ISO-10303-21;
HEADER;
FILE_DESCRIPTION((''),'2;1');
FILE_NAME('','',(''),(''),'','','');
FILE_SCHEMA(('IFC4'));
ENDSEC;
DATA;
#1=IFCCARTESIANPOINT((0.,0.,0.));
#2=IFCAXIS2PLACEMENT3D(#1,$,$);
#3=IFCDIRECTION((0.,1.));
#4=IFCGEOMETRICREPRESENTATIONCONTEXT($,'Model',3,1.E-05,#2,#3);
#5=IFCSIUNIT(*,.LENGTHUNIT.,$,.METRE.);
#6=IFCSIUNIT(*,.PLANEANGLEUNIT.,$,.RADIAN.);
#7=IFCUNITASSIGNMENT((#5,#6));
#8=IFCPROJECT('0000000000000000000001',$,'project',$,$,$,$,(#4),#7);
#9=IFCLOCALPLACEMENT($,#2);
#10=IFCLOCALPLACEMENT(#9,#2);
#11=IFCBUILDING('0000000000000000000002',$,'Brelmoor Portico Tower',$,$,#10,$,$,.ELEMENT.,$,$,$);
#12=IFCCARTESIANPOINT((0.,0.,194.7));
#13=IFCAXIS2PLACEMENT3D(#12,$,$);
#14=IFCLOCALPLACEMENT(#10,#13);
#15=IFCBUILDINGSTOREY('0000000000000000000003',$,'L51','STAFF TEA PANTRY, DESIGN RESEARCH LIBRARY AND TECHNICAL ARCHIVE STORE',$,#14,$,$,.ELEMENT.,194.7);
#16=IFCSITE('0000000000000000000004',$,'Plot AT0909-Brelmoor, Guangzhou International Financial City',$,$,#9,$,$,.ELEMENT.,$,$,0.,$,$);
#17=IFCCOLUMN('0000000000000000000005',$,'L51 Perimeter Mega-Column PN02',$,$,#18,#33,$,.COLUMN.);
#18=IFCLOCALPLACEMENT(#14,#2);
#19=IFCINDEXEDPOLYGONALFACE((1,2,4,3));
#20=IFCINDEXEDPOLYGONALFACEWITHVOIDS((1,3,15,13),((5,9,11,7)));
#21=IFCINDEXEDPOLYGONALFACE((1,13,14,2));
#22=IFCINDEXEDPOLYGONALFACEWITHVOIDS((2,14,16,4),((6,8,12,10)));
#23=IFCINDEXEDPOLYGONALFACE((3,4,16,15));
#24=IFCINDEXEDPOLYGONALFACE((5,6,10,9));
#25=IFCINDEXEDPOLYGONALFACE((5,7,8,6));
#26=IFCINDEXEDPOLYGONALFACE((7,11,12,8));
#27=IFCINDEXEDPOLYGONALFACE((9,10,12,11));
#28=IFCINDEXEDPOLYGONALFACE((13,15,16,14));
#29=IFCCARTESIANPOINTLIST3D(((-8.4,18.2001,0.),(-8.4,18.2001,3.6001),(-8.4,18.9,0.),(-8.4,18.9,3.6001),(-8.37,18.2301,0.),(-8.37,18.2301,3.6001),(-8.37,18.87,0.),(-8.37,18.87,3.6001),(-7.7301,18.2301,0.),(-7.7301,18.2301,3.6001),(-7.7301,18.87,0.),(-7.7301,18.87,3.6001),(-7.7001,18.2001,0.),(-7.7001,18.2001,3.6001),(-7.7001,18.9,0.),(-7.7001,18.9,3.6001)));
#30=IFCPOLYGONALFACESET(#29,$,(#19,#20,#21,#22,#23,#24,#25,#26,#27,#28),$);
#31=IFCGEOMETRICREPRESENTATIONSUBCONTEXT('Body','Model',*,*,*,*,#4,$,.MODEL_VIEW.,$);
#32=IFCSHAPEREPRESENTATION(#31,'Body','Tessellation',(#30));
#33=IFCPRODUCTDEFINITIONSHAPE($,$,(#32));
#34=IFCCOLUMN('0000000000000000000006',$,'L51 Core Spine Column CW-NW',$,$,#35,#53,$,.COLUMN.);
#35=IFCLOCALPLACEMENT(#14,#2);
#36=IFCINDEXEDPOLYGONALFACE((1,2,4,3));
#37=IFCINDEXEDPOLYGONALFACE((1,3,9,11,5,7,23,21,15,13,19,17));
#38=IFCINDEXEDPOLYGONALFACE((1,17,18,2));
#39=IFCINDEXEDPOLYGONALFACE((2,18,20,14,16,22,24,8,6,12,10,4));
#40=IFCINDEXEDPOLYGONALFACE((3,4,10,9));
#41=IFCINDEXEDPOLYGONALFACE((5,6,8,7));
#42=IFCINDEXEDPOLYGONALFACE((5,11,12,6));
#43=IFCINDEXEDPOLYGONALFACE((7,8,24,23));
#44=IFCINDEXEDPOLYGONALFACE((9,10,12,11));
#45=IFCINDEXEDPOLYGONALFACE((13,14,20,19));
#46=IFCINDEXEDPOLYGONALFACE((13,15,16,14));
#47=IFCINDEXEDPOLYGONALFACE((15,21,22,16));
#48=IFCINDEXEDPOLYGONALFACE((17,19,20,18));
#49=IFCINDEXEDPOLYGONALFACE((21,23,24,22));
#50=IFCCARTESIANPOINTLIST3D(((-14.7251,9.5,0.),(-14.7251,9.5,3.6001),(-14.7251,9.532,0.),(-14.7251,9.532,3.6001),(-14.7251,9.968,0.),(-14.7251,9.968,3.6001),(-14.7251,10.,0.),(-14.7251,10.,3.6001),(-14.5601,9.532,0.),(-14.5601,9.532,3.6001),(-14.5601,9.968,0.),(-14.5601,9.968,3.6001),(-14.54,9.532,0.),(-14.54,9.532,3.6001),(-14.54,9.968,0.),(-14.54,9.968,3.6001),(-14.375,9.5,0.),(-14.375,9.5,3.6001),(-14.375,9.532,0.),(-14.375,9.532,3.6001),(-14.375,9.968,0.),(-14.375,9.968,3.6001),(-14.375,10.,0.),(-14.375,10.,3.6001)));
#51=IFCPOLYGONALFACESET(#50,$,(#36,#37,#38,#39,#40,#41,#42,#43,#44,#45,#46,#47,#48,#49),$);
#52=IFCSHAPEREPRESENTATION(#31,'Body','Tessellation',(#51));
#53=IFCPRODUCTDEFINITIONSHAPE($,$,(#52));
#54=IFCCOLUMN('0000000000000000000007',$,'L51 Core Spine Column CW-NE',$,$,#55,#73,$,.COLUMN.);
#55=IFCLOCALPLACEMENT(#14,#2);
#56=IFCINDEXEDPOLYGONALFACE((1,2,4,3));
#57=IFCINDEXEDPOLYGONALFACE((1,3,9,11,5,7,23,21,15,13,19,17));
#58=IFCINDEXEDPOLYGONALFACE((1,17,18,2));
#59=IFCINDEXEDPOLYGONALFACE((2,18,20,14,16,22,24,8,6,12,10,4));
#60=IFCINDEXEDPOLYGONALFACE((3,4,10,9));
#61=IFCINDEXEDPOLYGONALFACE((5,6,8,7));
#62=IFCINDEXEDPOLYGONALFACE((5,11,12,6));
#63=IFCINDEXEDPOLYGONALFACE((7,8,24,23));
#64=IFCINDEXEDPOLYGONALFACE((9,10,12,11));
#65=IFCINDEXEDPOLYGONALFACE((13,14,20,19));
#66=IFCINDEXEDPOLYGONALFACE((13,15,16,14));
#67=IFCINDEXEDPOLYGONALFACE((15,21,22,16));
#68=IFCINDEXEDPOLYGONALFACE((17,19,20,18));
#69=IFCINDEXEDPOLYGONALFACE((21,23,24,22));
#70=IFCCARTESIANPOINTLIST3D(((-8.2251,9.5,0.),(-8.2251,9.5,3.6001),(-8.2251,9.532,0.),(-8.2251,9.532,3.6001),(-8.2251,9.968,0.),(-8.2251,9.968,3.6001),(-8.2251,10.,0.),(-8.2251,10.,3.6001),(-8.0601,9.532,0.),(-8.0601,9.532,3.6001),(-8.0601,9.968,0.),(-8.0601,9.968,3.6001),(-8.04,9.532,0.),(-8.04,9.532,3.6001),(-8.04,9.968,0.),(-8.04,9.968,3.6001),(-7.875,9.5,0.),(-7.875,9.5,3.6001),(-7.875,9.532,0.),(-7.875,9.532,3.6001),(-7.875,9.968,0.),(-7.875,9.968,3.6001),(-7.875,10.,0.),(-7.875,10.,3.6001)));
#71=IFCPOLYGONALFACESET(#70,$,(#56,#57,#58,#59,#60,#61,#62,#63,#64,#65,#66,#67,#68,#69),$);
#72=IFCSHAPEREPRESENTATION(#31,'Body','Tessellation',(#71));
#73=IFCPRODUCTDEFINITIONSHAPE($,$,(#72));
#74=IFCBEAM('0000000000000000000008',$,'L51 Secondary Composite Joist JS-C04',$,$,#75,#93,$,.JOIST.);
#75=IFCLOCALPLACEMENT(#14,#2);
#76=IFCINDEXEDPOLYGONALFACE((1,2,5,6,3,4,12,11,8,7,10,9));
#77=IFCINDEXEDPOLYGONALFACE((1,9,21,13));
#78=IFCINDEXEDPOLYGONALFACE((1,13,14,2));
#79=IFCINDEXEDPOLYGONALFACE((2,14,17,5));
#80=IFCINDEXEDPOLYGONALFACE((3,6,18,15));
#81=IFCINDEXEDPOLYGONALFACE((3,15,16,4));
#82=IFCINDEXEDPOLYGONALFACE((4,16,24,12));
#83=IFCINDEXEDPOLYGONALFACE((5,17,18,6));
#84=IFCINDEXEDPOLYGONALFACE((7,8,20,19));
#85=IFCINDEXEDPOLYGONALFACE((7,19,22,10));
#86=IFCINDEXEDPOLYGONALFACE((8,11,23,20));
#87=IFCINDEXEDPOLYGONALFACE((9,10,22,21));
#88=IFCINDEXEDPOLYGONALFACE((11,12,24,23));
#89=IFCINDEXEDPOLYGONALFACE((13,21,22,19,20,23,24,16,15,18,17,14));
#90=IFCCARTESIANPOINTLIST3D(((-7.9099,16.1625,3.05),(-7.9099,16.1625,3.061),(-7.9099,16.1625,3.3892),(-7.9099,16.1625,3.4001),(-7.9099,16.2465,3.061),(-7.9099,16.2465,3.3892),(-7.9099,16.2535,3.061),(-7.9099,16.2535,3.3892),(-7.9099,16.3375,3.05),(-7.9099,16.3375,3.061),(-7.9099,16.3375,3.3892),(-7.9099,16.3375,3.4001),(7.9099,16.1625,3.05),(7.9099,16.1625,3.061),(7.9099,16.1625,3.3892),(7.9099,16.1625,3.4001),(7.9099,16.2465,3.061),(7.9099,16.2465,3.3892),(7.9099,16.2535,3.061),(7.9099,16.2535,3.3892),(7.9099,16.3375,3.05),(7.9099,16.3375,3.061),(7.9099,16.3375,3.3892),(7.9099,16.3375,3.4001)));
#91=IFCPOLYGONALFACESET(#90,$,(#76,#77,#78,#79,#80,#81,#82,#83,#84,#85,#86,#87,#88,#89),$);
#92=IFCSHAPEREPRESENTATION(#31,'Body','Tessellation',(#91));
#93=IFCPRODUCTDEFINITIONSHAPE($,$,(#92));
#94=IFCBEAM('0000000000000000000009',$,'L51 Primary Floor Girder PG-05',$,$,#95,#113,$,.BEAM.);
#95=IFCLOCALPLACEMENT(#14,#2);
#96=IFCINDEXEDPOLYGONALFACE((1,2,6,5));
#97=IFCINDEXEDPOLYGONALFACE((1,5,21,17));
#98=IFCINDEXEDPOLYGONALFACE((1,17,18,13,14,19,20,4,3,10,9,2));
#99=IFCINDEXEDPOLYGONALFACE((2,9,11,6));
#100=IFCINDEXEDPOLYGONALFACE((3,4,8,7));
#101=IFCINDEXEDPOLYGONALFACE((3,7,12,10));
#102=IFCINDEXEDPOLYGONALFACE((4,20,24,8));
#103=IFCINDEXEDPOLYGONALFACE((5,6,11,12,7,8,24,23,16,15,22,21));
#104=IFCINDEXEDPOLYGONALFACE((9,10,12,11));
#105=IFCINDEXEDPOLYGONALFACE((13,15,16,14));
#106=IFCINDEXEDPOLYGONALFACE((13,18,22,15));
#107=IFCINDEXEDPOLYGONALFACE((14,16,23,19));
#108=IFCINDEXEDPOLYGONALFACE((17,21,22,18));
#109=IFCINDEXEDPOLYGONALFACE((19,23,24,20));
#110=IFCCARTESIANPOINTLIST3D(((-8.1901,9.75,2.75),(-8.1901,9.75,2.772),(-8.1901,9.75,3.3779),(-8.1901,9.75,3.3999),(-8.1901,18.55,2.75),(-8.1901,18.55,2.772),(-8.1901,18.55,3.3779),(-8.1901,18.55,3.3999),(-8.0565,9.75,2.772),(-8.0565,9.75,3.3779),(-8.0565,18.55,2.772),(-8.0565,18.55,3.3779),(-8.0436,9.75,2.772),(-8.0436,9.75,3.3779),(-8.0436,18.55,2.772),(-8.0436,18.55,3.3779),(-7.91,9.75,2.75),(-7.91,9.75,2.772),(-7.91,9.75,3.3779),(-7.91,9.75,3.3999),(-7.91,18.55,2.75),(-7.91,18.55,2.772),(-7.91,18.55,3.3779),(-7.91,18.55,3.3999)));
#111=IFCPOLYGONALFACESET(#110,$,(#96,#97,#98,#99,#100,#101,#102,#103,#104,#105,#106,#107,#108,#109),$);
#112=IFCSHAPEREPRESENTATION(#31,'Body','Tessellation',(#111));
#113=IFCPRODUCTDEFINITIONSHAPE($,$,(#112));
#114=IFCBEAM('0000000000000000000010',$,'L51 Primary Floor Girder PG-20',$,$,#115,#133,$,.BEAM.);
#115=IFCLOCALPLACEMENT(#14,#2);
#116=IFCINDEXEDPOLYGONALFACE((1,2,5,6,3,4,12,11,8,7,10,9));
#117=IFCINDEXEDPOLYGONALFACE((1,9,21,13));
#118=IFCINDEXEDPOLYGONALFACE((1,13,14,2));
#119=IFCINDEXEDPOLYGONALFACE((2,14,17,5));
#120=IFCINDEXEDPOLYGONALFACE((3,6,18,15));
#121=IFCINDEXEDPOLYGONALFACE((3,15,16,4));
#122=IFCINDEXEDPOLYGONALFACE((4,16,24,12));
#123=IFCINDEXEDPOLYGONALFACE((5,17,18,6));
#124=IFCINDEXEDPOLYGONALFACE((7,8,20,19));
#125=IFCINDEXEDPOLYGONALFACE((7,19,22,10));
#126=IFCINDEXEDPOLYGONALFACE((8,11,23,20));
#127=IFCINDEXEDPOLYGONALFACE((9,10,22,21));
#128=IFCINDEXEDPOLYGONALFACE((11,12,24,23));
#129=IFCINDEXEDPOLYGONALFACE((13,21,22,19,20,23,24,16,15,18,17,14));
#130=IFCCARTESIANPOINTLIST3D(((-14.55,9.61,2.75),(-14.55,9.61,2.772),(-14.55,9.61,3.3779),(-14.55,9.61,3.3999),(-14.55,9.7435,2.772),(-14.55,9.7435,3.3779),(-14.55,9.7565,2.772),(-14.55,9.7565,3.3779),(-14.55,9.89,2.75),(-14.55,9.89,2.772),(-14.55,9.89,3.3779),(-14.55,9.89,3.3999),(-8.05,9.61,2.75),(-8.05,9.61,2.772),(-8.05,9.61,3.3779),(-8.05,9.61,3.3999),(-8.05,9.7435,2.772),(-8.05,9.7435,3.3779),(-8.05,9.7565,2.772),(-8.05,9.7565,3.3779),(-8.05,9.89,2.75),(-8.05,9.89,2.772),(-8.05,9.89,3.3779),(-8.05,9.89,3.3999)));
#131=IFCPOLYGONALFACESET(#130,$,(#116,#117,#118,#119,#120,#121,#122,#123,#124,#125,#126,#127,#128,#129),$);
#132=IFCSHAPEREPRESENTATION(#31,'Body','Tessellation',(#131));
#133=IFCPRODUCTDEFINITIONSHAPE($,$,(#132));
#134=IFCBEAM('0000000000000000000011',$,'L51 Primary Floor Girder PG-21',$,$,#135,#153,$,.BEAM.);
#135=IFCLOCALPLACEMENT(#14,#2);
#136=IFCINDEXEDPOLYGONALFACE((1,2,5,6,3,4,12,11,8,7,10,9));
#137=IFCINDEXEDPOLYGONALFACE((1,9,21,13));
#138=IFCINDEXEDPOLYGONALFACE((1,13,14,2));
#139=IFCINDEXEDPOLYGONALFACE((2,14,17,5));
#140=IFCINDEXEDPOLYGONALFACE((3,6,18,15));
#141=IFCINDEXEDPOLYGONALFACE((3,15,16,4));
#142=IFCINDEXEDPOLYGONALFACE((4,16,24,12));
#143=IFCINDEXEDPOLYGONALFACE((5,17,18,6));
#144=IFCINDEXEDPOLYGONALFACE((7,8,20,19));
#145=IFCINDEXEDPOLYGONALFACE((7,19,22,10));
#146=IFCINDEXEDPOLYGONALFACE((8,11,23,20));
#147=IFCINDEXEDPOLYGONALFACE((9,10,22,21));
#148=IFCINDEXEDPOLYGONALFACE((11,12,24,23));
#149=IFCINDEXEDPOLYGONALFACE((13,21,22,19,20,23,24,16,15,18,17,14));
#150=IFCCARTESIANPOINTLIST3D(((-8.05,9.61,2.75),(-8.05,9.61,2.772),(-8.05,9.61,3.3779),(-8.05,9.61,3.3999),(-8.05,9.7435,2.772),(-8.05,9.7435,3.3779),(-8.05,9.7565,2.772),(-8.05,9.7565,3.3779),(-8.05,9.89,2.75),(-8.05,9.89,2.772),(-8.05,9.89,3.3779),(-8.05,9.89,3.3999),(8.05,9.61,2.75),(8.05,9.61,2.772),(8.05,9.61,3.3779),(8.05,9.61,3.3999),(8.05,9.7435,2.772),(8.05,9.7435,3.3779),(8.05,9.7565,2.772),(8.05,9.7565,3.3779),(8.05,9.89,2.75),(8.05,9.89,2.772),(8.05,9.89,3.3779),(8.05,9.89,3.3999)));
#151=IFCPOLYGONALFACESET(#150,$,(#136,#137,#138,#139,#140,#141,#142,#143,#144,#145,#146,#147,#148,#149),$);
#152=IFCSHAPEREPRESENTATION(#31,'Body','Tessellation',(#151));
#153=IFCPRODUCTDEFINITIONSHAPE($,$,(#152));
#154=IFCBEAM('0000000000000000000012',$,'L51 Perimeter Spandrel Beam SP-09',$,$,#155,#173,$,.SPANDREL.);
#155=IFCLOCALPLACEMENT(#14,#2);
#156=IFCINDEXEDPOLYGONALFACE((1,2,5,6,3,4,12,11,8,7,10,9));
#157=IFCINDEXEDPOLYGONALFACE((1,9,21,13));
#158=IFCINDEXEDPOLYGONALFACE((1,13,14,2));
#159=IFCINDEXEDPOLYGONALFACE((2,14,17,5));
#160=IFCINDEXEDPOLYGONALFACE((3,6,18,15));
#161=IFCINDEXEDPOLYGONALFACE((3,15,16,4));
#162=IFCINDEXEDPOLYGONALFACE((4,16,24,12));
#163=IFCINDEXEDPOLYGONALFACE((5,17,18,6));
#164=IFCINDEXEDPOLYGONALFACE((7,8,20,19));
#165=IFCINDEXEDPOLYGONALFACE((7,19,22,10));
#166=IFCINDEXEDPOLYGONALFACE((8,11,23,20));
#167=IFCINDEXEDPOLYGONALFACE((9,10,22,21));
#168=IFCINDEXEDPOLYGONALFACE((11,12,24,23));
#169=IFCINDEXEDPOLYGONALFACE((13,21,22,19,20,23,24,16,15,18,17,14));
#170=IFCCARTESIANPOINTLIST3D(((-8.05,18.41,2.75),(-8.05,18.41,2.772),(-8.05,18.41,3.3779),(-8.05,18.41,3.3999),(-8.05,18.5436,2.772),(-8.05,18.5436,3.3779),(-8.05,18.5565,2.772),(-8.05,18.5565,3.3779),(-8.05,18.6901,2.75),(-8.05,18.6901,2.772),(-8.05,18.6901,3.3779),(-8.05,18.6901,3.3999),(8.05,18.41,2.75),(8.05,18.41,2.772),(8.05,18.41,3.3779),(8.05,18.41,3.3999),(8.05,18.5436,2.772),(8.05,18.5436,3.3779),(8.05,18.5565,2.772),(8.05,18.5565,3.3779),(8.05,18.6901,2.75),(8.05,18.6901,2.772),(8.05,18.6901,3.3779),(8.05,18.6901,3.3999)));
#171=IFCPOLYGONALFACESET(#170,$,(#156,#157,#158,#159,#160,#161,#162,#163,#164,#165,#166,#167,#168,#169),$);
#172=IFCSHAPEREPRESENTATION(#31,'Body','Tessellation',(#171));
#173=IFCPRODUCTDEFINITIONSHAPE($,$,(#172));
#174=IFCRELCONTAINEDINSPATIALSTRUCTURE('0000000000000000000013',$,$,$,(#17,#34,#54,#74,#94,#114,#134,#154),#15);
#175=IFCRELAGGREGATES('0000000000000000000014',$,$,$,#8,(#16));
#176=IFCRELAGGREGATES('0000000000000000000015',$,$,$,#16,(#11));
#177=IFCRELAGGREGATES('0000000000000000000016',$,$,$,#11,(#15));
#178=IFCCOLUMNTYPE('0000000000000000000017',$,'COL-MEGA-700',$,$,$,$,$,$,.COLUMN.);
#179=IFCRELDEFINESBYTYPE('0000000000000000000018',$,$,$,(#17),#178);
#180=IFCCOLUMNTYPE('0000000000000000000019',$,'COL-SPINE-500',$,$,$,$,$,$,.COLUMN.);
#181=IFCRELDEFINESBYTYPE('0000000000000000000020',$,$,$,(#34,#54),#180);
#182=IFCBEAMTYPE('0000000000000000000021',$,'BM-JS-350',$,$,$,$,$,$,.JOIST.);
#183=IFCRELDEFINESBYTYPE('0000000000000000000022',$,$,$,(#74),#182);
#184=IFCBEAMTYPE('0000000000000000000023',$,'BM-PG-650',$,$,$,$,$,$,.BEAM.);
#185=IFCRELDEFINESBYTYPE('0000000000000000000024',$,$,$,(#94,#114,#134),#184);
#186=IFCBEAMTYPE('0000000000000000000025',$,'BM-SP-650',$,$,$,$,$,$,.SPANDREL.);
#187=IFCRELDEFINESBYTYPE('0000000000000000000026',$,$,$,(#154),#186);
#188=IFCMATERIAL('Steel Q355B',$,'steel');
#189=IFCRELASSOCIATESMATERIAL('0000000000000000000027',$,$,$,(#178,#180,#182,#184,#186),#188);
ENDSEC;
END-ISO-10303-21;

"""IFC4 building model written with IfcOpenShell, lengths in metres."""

from ifc_helpers import new_model, si_unit, direction, frame, origin, origin_2d, place, context, subcontext, project, spatial, hollow_rectangle, i_section, extrude, material, material_profile, profile_set, type_object, element, save


model = new_model("IFC4")

# Units and contexts
model_context = context("Model", 3, precision=1e-05, world=origin(), true_north=direction((0.0, 1.0)))
body_context = subcontext(model_context, "Body", "Model", "MODEL_VIEW")
ifc_project = project(units=[si_unit("LENGTHUNIT", "METRE"), si_unit("PLANEANGLEUNIT", "RADIAN")], contexts=[model_context])

# Site, building, storey
site_placement = place(None, origin())
site = spatial("IfcSite", under=ifc_project, at=site_placement, Name="Plot AT0909-Brelmoor, Guangzhou International Financial City", CompositionType="ELEMENT", RefElevation=0.0)
building_placement = place(site_placement, origin())
building = spatial("IfcBuilding", under=site, at=building_placement, Name="Brelmoor Portico Tower", CompositionType="ELEMENT")
storey_placement = place(building_placement, frame((0.0, 0.0, 194.7)))
storey = spatial("IfcBuildingStorey", under=building, at=storey_placement, Name="L51", Description="STAFF TEA PANTRY, DESIGN RESEARCH LIBRARY AND TECHNICAL ARCHIVE STORE", CompositionType="ELEMENT", Elevation=194.7)

# Columns
ifc_material_1 = material(Name="Steel Q355B", Category="steel")
ifc_material_profile_1 = material_profile(ifc_material_1, hollow_rectangle(XDim=0.7, YDim=0.7, WallThickness=0.03, at=origin_2d()), Name="BOX 700x700x30")
ifc_profile_set_1 = profile_set([ifc_material_profile_1], Name="Steel Q355B")
column_type_1 = type_object("IfcColumnType", Name="COL-MEGA-700", PredefinedType="COLUMN", material=ifc_profile_set_1)
column_placement = place(storey_placement, frame((-8.05, 18.55, 0.0), z_axis=(0.0, 0.0, 1.0), x_axis=(1.0, 0.0, 0.0)))
element("IfcColumn", 1, at=column_placement, inside=storey, type_object=column_type_1, Name="L51 Perimeter Mega-Column PN02", PredefinedType="COLUMN", context=body_context, shape_type="SweptSolid", body=[
    extrude(hollow_rectangle(XDim=0.7, YDim=0.7, WallThickness=0.03, at=origin_2d()), origin(), (0.0, 0.0, 1.0), 3.6001),
])
ifc_material_profile_2 = material_profile(ifc_material_1, i_section(OverallWidth=0.3501, OverallDepth=0.5, WebThickness=0.02, FlangeThickness=0.032, at=origin_2d()), Name="HW 500x350x20x32")
ifc_profile_set_2 = profile_set([ifc_material_profile_2], Name="Steel Q355B")
column_type_2 = type_object("IfcColumnType", Name="COL-SPINE-500", PredefinedType="COLUMN", material=ifc_profile_set_2)
for number, where, z_axis, x_axis, name in (
    (2, (-14.55, 9.75, 0.0), (0.0, 0.0, 1.0), (1.0, 0.0, 0.0), "L51 Core Spine Column CW-NW"),
    (3, (-8.05, 9.75, 0.0), (0.0, 0.0, 1.0), (1.0, 0.0, 0.0), "L51 Core Spine Column CW-NE"),
):
    element("IfcColumn", number, at=place(storey_placement, frame(where, z_axis=z_axis, x_axis=x_axis)), inside=storey, type_object=column_type_2, Name=name, PredefinedType="COLUMN", context=body_context, shape_type="SweptSolid", body=[
        extrude(i_section(OverallWidth=0.3501, OverallDepth=0.5, WebThickness=0.02, FlangeThickness=0.032, at=origin_2d()), origin(), (0.0, 0.0, 1.0), 3.6001),
    ])

# Beams
ifc_material_profile_3 = material_profile(ifc_material_1, i_section(OverallWidth=0.175, OverallDepth=0.3501, WebThickness=0.0071, FlangeThickness=0.011, at=origin_2d()), Name="HN 350x175x7x11")
ifc_profile_set_3 = profile_set([ifc_material_profile_3], Name="Steel Q355B")
beam_type_1 = type_object("IfcBeamType", Name="BM-JS-350", PredefinedType="JOIST", material=ifc_profile_set_3)
beam_1_placement = place(storey_placement, frame((-7.9099, 16.25, 3.2251), z_axis=(1.0, 0.0, 0.0), x_axis=(0.0, 1.0, 0.0)))
element("IfcBeam", 4, at=beam_1_placement, inside=storey, type_object=beam_type_1, Name="L51 Secondary Composite Joist JS-C04", PredefinedType="JOIST", context=body_context, shape_type="SweptSolid", body=[
    extrude(i_section(OverallWidth=0.175, OverallDepth=0.3501, WebThickness=0.0071, FlangeThickness=0.011, at=origin_2d()), origin(), (0.0, 0.0, 1.0), 15.8198),
])
ifc_material_profile_4 = material_profile(ifc_material_1, i_section(OverallWidth=0.28, OverallDepth=0.6499, WebThickness=0.0129, FlangeThickness=0.022, at=origin_2d()), Name="HN 650x280x13x22")
ifc_profile_set_4 = profile_set([ifc_material_profile_4], Name="Steel Q355B")
beam_type_2 = type_object("IfcBeamType", Name="BM-PG-650", PredefinedType="BEAM", material=ifc_profile_set_4)
beam_2_placement = place(storey_placement, frame((-8.05, 9.75, 3.075), z_axis=(0.0, 1.0, 0.0), x_axis=(-1.0, 0.0, 0.0)))
element("IfcBeam", 5, at=beam_2_placement, inside=storey, type_object=beam_type_2, Name="L51 Primary Floor Girder PG-05", PredefinedType="BEAM", context=body_context, shape_type="SweptSolid", body=[
    extrude(i_section(OverallWidth=0.28, OverallDepth=0.6499, WebThickness=0.0129, FlangeThickness=0.022, at=origin_2d()), origin(), (0.0, 0.0, 1.0), 8.8),
])
beam_3_placement = place(storey_placement, frame((-14.55, 9.75, 3.075), z_axis=(1.0, 0.0, 0.0), x_axis=(0.0, 1.0, 0.0)))
element("IfcBeam", 6, at=beam_3_placement, inside=storey, type_object=beam_type_2, Name="L51 Primary Floor Girder PG-20", PredefinedType="BEAM", context=body_context, shape_type="SweptSolid", body=[
    extrude(i_section(OverallWidth=0.28, OverallDepth=0.6499, WebThickness=0.0129, FlangeThickness=0.022, at=origin_2d()), origin(), (0.0, 0.0, 1.0), 6.5),
])
beam_4_placement = place(storey_placement, frame((-8.05, 9.75, 3.075), z_axis=(1.0, 0.0, 0.0), x_axis=(0.0, 1.0, 0.0)))
element("IfcBeam", 7, at=beam_4_placement, inside=storey, type_object=beam_type_2, Name="L51 Primary Floor Girder PG-21", PredefinedType="BEAM", context=body_context, shape_type="SweptSolid", body=[
    extrude(i_section(OverallWidth=0.28, OverallDepth=0.6499, WebThickness=0.0129, FlangeThickness=0.022, at=origin_2d()), origin(), (0.0, 0.0, 1.0), 16.1001),
])
ifc_material_profile_5 = material_profile(ifc_material_1, i_section(OverallWidth=0.28, OverallDepth=0.6499, WebThickness=0.0129, FlangeThickness=0.022, at=origin_2d()), Name="HN 650x280x13x22")
ifc_profile_set_5 = profile_set([ifc_material_profile_5], Name="Steel Q355B")
beam_type_3 = type_object("IfcBeamType", Name="BM-SP-650", PredefinedType="SPANDREL", material=ifc_profile_set_5)
beam_5_placement = place(storey_placement, frame((-8.05, 18.55, 3.075), z_axis=(1.0, 0.0, 0.0), x_axis=(0.0, 1.0, 0.0)))
element("IfcBeam", 8, at=beam_5_placement, inside=storey, type_object=beam_type_3, Name="L51 Perimeter Spandrel Beam SP-09", PredefinedType="SPANDREL", context=body_context, shape_type="SweptSolid", body=[
    extrude(i_section(OverallWidth=0.28, OverallDepth=0.6499, WebThickness=0.0129, FlangeThickness=0.022, at=origin_2d()), origin(), (0.0, 0.0, 1.0), 16.1001),
])

save(model, "model.ifc")
